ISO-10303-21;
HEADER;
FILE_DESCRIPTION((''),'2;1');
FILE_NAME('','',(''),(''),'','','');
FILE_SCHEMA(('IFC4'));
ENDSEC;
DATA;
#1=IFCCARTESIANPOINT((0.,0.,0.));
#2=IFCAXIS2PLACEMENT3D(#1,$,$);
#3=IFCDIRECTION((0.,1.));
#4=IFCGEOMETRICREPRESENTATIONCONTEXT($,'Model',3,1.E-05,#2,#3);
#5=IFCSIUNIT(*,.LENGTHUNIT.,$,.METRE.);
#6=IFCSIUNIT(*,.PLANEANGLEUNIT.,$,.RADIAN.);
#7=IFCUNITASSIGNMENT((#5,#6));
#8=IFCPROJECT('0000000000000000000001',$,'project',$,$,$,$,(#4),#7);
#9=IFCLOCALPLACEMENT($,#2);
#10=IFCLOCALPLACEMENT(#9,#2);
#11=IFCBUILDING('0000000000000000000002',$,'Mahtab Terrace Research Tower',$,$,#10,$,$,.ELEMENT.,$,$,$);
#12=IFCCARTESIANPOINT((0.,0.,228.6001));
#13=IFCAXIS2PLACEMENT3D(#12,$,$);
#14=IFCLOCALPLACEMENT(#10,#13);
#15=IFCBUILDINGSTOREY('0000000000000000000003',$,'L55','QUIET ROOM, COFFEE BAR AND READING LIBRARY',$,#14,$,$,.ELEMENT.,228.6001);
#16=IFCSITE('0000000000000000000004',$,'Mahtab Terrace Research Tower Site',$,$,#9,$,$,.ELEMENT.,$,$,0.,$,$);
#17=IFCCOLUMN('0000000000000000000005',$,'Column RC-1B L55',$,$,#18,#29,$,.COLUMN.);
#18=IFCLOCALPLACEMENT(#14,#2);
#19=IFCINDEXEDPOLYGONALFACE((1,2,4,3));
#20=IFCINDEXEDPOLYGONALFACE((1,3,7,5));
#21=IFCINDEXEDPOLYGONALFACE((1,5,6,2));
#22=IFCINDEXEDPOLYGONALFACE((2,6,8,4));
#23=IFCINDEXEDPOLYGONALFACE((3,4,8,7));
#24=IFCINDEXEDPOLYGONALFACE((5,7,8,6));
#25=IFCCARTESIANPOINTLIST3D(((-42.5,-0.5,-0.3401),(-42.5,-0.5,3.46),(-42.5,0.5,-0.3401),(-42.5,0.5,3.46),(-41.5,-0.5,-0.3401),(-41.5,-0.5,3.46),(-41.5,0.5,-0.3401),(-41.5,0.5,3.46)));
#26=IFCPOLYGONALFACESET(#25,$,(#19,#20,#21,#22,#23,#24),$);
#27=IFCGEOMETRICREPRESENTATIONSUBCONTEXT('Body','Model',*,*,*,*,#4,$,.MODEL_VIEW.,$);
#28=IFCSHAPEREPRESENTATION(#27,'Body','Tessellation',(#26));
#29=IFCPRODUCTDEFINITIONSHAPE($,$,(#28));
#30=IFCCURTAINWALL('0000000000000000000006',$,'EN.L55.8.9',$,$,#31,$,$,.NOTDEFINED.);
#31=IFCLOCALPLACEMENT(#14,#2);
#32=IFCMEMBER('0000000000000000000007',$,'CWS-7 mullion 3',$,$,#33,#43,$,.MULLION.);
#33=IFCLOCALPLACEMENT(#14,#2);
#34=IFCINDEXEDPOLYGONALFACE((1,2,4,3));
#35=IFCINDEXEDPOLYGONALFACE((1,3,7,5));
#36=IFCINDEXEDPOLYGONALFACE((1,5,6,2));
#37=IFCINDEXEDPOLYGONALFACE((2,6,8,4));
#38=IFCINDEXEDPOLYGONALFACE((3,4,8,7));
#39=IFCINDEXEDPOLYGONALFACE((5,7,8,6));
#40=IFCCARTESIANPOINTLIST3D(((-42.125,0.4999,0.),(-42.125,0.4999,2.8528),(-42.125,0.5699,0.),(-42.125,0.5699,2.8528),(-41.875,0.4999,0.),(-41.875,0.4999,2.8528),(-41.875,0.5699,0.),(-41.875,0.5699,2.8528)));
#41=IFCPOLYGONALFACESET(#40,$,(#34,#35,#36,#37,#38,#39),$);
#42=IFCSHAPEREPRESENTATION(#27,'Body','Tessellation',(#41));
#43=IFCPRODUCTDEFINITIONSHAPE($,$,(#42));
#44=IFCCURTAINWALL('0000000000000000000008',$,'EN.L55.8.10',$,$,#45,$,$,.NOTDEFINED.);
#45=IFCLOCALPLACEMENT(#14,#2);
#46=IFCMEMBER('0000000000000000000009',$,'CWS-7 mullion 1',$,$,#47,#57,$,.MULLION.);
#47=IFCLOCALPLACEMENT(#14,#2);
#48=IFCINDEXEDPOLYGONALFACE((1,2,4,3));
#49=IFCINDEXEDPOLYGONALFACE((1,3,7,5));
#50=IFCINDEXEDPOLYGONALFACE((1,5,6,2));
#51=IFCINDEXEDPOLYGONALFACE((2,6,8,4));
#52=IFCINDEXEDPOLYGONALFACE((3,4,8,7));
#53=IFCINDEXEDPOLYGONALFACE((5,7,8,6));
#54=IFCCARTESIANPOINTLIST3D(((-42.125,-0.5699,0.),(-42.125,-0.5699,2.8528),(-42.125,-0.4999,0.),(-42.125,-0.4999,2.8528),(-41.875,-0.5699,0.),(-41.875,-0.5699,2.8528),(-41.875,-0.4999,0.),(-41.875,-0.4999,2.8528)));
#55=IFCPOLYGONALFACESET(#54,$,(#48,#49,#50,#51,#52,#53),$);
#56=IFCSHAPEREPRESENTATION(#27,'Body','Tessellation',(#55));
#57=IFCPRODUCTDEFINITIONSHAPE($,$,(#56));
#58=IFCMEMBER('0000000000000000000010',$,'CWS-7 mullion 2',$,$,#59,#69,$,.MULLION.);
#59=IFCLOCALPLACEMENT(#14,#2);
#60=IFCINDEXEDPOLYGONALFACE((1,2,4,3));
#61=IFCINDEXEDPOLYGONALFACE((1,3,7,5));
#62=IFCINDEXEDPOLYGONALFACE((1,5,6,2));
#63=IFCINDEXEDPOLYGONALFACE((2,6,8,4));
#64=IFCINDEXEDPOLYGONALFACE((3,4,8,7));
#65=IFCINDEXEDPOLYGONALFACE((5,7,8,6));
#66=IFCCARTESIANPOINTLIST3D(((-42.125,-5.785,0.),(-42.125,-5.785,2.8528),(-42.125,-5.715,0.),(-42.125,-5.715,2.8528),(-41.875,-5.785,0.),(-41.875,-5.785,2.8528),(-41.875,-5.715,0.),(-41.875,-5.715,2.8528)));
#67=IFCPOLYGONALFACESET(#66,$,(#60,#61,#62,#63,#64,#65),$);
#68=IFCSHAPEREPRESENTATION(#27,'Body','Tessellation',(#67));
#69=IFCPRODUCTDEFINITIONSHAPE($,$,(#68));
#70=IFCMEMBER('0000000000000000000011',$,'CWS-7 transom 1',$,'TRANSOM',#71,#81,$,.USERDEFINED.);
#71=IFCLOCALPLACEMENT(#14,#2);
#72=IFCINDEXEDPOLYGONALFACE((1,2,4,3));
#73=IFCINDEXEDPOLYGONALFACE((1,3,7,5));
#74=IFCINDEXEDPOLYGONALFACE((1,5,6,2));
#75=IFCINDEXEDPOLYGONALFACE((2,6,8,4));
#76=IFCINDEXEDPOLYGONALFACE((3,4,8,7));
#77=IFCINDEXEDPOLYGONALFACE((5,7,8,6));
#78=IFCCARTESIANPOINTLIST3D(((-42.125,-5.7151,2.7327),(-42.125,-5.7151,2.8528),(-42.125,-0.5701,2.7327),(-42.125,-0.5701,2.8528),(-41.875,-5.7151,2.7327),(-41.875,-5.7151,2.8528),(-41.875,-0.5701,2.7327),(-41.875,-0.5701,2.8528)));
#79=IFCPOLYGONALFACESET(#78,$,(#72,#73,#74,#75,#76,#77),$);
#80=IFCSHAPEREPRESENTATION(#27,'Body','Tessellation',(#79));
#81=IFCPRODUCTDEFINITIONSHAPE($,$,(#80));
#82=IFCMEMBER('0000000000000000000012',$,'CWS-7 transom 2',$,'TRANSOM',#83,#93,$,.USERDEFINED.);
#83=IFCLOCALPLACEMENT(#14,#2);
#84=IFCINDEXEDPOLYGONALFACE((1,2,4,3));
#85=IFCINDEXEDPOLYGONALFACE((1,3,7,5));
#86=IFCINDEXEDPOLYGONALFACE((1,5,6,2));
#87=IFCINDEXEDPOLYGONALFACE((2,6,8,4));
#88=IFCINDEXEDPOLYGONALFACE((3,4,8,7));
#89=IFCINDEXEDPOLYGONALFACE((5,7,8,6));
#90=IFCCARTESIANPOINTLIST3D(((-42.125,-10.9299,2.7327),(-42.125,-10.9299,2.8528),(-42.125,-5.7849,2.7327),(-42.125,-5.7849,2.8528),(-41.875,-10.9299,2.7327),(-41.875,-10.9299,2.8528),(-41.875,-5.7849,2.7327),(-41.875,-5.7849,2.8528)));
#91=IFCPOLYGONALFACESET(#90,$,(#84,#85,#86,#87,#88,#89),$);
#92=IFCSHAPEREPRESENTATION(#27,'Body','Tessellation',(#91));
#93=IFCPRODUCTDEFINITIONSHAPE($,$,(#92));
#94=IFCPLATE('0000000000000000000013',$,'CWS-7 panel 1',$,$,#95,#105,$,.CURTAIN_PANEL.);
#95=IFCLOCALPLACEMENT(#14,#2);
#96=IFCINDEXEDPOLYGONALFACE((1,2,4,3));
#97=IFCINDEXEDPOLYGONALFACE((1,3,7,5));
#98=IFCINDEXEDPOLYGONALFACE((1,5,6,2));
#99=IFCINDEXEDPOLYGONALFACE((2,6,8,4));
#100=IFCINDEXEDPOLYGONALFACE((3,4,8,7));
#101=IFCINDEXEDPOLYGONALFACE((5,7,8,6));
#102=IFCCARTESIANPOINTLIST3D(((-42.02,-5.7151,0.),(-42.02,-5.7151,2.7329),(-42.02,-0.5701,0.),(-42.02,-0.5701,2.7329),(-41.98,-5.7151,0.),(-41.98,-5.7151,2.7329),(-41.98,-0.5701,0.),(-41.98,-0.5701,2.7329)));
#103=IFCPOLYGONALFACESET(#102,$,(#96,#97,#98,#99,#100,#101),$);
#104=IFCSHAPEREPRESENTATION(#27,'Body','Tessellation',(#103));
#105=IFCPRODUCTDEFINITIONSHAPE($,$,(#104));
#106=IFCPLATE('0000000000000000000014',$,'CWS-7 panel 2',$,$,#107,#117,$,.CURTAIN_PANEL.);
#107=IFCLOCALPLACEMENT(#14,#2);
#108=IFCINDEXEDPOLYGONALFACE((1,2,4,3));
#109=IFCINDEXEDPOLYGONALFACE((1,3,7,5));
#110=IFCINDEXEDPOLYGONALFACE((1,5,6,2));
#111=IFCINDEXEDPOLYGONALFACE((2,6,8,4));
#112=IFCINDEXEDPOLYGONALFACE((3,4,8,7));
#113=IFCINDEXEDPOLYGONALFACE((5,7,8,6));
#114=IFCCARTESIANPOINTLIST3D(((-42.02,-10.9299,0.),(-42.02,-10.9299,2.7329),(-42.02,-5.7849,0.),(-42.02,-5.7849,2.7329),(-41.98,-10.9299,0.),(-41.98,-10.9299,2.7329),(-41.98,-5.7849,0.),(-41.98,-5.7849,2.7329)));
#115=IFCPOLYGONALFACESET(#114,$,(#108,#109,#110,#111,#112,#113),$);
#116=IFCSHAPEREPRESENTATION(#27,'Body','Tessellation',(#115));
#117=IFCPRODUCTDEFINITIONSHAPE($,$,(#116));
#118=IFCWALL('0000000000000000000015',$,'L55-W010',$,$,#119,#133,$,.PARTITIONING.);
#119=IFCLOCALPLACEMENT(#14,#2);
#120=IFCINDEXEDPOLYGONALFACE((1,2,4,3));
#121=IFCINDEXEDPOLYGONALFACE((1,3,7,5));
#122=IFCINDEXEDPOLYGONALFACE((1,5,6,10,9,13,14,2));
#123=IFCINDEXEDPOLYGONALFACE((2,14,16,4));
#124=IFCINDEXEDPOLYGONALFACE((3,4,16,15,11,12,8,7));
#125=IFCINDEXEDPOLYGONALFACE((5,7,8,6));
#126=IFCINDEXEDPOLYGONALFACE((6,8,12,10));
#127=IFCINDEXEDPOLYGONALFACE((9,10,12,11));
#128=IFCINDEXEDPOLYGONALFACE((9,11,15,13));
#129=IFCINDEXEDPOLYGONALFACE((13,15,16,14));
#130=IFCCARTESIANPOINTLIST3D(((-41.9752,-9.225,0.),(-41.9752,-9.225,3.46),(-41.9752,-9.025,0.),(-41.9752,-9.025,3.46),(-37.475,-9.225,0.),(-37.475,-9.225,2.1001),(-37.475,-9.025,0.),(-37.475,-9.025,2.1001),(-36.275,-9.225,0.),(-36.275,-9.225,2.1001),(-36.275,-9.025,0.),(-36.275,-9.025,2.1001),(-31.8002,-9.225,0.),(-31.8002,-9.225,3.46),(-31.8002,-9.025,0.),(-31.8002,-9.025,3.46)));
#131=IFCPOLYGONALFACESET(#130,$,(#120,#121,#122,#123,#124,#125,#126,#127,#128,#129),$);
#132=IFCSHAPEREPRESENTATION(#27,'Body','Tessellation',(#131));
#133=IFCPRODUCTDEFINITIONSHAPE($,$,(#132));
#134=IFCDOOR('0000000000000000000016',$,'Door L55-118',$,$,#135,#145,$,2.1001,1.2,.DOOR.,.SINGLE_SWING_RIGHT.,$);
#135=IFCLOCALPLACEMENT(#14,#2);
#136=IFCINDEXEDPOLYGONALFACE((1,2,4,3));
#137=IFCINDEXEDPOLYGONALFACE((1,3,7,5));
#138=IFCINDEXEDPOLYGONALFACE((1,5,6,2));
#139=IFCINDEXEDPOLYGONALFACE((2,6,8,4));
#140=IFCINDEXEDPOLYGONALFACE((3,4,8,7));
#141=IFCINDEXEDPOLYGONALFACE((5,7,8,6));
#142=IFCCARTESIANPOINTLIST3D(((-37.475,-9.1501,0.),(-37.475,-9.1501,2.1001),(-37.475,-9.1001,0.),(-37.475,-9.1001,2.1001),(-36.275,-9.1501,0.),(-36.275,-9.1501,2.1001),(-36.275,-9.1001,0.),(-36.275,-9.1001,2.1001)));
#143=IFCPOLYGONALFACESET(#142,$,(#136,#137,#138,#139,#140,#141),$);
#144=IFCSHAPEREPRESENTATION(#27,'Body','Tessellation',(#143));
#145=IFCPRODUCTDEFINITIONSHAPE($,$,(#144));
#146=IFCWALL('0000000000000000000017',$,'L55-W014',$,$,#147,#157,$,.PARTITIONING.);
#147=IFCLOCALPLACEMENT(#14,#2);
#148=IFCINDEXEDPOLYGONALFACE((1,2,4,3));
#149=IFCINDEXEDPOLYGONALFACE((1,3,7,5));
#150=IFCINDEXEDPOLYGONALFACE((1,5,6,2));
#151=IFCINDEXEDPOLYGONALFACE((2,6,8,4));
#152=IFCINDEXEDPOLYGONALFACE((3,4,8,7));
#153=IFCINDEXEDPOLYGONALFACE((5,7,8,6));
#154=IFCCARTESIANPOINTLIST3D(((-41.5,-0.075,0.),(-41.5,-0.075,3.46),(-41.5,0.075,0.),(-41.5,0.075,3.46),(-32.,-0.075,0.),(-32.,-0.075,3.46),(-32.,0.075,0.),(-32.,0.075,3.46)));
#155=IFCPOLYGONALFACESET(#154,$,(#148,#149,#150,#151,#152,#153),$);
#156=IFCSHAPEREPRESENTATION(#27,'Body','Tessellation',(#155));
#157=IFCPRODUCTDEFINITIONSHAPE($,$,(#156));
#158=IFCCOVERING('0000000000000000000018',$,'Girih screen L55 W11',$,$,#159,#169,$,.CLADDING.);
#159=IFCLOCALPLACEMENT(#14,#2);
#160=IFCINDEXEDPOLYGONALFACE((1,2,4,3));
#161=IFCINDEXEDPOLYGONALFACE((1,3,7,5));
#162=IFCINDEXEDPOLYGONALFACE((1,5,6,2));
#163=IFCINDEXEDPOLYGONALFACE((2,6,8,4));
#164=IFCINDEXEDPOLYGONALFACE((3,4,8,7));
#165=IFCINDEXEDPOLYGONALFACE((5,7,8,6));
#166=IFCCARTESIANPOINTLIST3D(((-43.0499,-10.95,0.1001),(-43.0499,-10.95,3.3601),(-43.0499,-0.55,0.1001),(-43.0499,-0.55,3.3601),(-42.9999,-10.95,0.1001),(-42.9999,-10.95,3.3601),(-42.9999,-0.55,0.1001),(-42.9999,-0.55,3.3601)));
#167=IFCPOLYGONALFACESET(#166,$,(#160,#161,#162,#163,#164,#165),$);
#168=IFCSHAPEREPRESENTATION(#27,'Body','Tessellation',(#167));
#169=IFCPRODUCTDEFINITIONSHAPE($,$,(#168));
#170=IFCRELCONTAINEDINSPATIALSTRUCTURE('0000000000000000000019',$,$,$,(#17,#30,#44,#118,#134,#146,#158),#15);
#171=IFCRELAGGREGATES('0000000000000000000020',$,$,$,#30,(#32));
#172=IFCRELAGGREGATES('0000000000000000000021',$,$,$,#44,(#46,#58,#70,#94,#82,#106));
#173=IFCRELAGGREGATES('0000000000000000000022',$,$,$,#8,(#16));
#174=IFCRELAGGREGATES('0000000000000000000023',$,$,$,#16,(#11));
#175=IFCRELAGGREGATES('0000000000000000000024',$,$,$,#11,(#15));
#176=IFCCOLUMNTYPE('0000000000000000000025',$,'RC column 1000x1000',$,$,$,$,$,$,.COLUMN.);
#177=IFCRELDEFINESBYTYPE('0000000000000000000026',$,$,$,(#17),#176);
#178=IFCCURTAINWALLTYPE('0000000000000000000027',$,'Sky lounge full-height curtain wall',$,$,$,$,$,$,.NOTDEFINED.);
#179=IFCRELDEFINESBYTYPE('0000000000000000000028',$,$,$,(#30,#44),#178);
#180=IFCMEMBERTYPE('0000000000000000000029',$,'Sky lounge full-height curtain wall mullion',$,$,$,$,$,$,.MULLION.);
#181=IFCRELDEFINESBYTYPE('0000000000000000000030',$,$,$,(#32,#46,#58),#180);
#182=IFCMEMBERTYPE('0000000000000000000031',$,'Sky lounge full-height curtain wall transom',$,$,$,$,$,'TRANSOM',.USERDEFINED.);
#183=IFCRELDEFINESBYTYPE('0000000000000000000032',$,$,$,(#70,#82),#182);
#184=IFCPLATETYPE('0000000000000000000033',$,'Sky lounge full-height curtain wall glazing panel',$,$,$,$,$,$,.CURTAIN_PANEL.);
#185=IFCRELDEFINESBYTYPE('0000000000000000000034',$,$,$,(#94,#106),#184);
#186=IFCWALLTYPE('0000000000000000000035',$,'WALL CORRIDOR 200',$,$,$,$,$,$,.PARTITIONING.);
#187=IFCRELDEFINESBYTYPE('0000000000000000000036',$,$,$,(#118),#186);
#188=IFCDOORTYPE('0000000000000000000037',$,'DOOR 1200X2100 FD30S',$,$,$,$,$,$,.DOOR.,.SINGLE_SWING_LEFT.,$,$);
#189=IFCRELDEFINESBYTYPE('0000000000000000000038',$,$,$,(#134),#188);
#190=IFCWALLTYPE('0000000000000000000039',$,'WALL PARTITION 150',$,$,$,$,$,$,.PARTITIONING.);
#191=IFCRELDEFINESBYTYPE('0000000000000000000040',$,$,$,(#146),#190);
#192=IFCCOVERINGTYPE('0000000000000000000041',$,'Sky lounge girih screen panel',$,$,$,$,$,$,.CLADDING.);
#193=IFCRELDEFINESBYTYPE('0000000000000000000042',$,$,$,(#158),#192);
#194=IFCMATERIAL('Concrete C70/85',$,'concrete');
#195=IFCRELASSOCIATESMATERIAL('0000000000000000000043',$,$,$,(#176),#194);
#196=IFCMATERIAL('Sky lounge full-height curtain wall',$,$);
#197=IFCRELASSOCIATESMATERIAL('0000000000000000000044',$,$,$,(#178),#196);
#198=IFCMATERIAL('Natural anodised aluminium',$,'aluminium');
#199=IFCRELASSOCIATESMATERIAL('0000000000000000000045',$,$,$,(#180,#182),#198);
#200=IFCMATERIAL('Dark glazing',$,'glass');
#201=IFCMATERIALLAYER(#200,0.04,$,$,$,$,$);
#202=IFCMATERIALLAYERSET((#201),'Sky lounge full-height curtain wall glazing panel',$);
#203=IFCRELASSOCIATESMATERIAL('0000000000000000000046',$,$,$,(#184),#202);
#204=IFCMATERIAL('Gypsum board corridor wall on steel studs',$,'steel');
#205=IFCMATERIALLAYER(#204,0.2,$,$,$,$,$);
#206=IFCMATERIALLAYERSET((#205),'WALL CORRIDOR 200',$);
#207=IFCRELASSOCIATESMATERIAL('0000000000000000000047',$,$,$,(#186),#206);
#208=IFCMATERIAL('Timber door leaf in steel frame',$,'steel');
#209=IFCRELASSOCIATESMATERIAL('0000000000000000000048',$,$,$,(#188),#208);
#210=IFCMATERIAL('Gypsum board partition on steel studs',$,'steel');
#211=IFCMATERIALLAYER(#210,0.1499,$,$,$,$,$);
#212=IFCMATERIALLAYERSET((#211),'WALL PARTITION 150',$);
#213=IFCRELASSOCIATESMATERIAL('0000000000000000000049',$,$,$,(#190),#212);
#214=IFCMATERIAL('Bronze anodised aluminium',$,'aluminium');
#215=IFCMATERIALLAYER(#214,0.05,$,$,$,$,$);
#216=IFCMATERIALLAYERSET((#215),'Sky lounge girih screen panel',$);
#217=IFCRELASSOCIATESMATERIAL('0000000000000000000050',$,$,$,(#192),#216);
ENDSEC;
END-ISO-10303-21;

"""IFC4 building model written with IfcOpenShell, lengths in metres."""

from ifc_helpers import new_model, si_unit, direction, frame, frame_2d, origin, origin_2d, place, context, subcontext, project, spatial, rectangle, extrude, material, layer, layer_set, material_profile, profile_set, type_object, element, fill, aggregate, save


model = new_model("IFC4")

# Units and contexts
model_context = context("Model", 3, precision=1e-05, world=origin(), true_north=direction((0.0, 1.0)))
body_context = subcontext(model_context, "Body", "Model", "MODEL_VIEW")
ifc_project = project(units=[si_unit("LENGTHUNIT", "METRE"), si_unit("PLANEANGLEUNIT", "RADIAN")], contexts=[model_context])

# Site, building, storey
site_placement = place(None, origin())
site = spatial("IfcSite", under=ifc_project, at=site_placement, Name="Mahtab Terrace Research Tower Site", CompositionType="ELEMENT", RefElevation=0.0)
building_placement = place(site_placement, origin())
building = spatial("IfcBuilding", under=site, at=building_placement, Name="Mahtab Terrace Research Tower", CompositionType="ELEMENT")
storey_placement = place(building_placement, frame((0.0, 0.0, 228.6001)))
storey = spatial("IfcBuildingStorey", under=building, at=storey_placement, Name="L55", Description="QUIET ROOM, COFFEE BAR AND READING LIBRARY", CompositionType="ELEMENT", Elevation=228.6001)

# Column
ifc_material_1 = material(Name="Concrete C70/85", Category="concrete")
ifc_material_profile_1 = material_profile(ifc_material_1, rectangle(XDim=1.0, YDim=1.0, at=origin_2d()), Name="RC column 1000x1000")
ifc_profile_set_1 = profile_set([ifc_material_profile_1], Name="Concrete C70/85")
column_type = type_object("IfcColumnType", Name="RC column 1000x1000", PredefinedType="COLUMN", material=ifc_profile_set_1)
column_placement = place(storey_placement, frame((-42.0, 0.0, -0.3401), z_axis=(0.0, 0.0, 1.0), x_axis=(1.0, 0.0, 0.0)))
element("IfcColumn", 1, at=column_placement, inside=storey, type_object=column_type, Name="Column RC-1B L55", PredefinedType="COLUMN", context=body_context, shape_type="SweptSolid", body=[
    extrude(rectangle(XDim=1.0, YDim=1.0, at=origin_2d()), origin(), (0.0, 0.0, 1.0), 3.8),
])

# Curtain wall, member
ifc_material_2 = material(Name="Sky lounge full-height curtain wall")
curtain_wall_type = type_object("IfcCurtainWallType", Name="Sky lounge full-height curtain wall", PredefinedType="NOTDEFINED", material=ifc_material_2)
curtain_wall_1_placement = place(storey_placement, origin())
curtain_wall_1 = element("IfcCurtainWall", 2, at=curtain_wall_1_placement, inside=storey, type_object=curtain_wall_type, Name="EN.L55.8.9", PredefinedType="NOTDEFINED")
ifc_material_3 = material(Name="Natural anodised aluminium", Category="aluminium")
ifc_material_profile_2 = material_profile(ifc_material_3, rectangle(XDim=0.25, YDim=0.0701, at=origin_2d()), Name="MULLION 70x250")
ifc_profile_set_2 = profile_set([ifc_material_profile_2], Name="Natural anodised aluminium")
member_type_1 = type_object("IfcMemberType", Name="Sky lounge full-height curtain wall mullion", PredefinedType="MULLION", material=ifc_profile_set_2)
member_1_placement = place(storey_placement, frame((-42.0, 0.5349, 0.0), z_axis=(0.0, 0.0, 1.0), x_axis=(1.0, 0.0, 0.0)))
member_1 = element("IfcMember", 3, at=member_1_placement, type_object=member_type_1, Name="CWS-7 mullion 3", PredefinedType="MULLION", context=body_context, shape_type="SweptSolid", body=[
    extrude(rectangle(XDim=0.25, YDim=0.0701, at=origin_2d()), origin(), (0.0, 0.0, 1.0), 2.8528),
])
aggregate(curtain_wall_1, [member_1])

# Curtain wall, members, plates
curtain_wall_2_placement = place(storey_placement, origin())
curtain_wall_2 = element("IfcCurtainWall", 4, at=curtain_wall_2_placement, inside=storey, type_object=curtain_wall_type, Name="EN.L55.8.10", PredefinedType="NOTDEFINED")
member_2_placement = place(storey_placement, frame((-42.0, -0.5349, 0.0), z_axis=(0.0, 0.0, 1.0), x_axis=(1.0, 0.0, 0.0)))
member_2 = element("IfcMember", 5, at=member_2_placement, type_object=member_type_1, Name="CWS-7 mullion 1", PredefinedType="MULLION", context=body_context, shape_type="SweptSolid", body=[
    extrude(rectangle(XDim=0.25, YDim=0.0701, at=origin_2d()), origin(), (0.0, 0.0, 1.0), 2.8528),
])
member_3_placement = place(storey_placement, frame((-42.0, -5.75, 0.0), z_axis=(0.0, 0.0, 1.0), x_axis=(1.0, 0.0, 0.0)))
member_3 = element("IfcMember", 6, at=member_3_placement, type_object=member_type_1, Name="CWS-7 mullion 2", PredefinedType="MULLION", context=body_context, shape_type="SweptSolid", body=[
    extrude(rectangle(XDim=0.25, YDim=0.0701, at=origin_2d()), origin(), (0.0, 0.0, 1.0), 2.8528),
])
ifc_material_profile_3 = material_profile(ifc_material_3, rectangle(XDim=0.25, YDim=0.1201, at=origin_2d()), Name="TRANSOM 120x250")
ifc_profile_set_3 = profile_set([ifc_material_profile_3], Name="Natural anodised aluminium")
member_type_2 = type_object("IfcMemberType", Name="Sky lounge full-height curtain wall transom", ElementType="TRANSOM", PredefinedType="USERDEFINED", material=ifc_profile_set_3)
member_4_placement = place(storey_placement, frame((-42.0, -0.5701, 2.7927), z_axis=(0.0, -1.0, 0.0), x_axis=(1.0, 0.0, 0.0)))
member_4 = element("IfcMember", 7, at=member_4_placement, type_object=member_type_2, Name="CWS-7 transom 1", ObjectType="TRANSOM", PredefinedType="USERDEFINED", context=body_context, shape_type="SweptSolid", body=[
    extrude(rectangle(XDim=0.25, YDim=0.1201, at=origin_2d()), origin(), (0.0, 0.0, 1.0), 5.145),
])
member_5_placement = place(storey_placement, frame((-42.0, -5.7849, 2.7927), z_axis=(0.0, -1.0, 0.0), x_axis=(1.0, 0.0, 0.0)))
member_5 = element("IfcMember", 8, at=member_5_placement, type_object=member_type_2, Name="CWS-7 transom 2", ObjectType="TRANSOM", PredefinedType="USERDEFINED", context=body_context, shape_type="SweptSolid", body=[
    extrude(rectangle(XDim=0.25, YDim=0.1201, at=origin_2d()), origin(), (0.0, 0.0, 1.0), 5.145),
])
ifc_material_4 = material(Name="Dark glazing", Category="glass")
ifc_layer_1 = layer(ifc_material_4, 0.04)
ifc_layer_set_1 = layer_set([ifc_layer_1], Name="Sky lounge full-height curtain wall glazing panel")
plate_type = type_object("IfcPlateType", Name="Sky lounge full-height curtain wall glazing panel", PredefinedType="CURTAIN_PANEL", material=ifc_layer_set_1)
plate_1_placement = place(storey_placement, frame((-42.0, -3.1426, 0.0), z_axis=(0.0, 0.0, 1.0), x_axis=(0.0, -1.0, 0.0)))
plate_1 = element("IfcPlate", 9, at=plate_1_placement, type_object=plate_type, Name="CWS-7 panel 1", PredefinedType="CURTAIN_PANEL", context=body_context, shape_type="SweptSolid", body=[
    extrude(rectangle(XDim=5.145, YDim=0.04, at=origin_2d()), origin(), (0.0, 0.0, 1.0), 2.7329),
])
plate_2_placement = place(storey_placement, frame((-42.0, -8.3574, 0.0), z_axis=(0.0, 0.0, 1.0), x_axis=(0.0, -1.0, 0.0)))
plate_2 = element("IfcPlate", 10, at=plate_2_placement, type_object=plate_type, Name="CWS-7 panel 2", PredefinedType="CURTAIN_PANEL", context=body_context, shape_type="SweptSolid", body=[
    extrude(rectangle(XDim=5.145, YDim=0.04, at=origin_2d()), origin(), (0.0, 0.0, 1.0), 2.7329),
])
aggregate(curtain_wall_2, [member_2, member_3, member_4, plate_1, member_5, plate_2])

# Wall, opening, door
ifc_material_5 = material(Name="Gypsum board corridor wall on steel studs", Category="steel")
ifc_layer_2 = layer(ifc_material_5, 0.2)
ifc_layer_set_2 = layer_set([ifc_layer_2], Name="WALL CORRIDOR 200")
wall_type_1 = type_object("IfcWallType", Name="WALL CORRIDOR 200", PredefinedType="PARTITIONING", material=ifc_layer_set_2)
wall_1_placement = place(storey_placement, frame((-41.9751, -9.125, 0.0), z_axis=(0.0, 0.0, 1.0), x_axis=(1.0, 0.0, 0.0)))
wall_1 = element("IfcWall", 11, at=wall_1_placement, inside=storey, type_object=wall_type_1, Name="L55-W010", PredefinedType="PARTITIONING", context=body_context, shape_type="SweptSolid", body=[
    extrude(rectangle(XDim=10.175, YDim=0.2, at=frame_2d((5.0874, 0.0))), origin(), (0.0, 0.0, 1.0), 3.46),
])
opening_placement = place(wall_1_placement, frame((4.5, 0.0, 0.0)))
opening = element("IfcOpeningElement", 12, at=opening_placement, cuts=wall_1, PredefinedType="OPENING", context=body_context, shape_type="SweptSolid", body=[
    extrude(rectangle(XDim=1.2, YDim=2.1001, at=frame_2d((0.6001, 1.05))), frame((0.0, 0.1099, 0.0), z_axis=(0.0, -1.0, 0.0), x_axis=(1.0, 0.0, 0.0)), (0.0, 0.0, 1.0), 0.22),
])
ifc_material_6 = material(Name="Timber door leaf in steel frame", Category="steel")
door_type = type_object("IfcDoorType", Name="DOOR 1200X2100 FD30S", OperationType="SINGLE_SWING_LEFT", PredefinedType="DOOR", material=ifc_material_6)
door_placement = place(opening_placement, origin())
door = element("IfcDoor", 13, at=door_placement, inside=storey, type_object=door_type, Name="Door L55-118", OperationType="SINGLE_SWING_RIGHT", OverallHeight=2.1001, OverallWidth=1.2, PredefinedType="DOOR", context=body_context, shape_type="SweptSolid", body=[
    extrude(rectangle(XDim=1.2, YDim=2.1001, at=frame_2d((0.6001, 1.05))), frame((0.0, 0.0249, 0.0), z_axis=(0.0, -1.0, 0.0), x_axis=(1.0, 0.0, 0.0)), (0.0, 0.0, 1.0), 0.05),
])
fill(opening, door)

# Wall
ifc_material_7 = material(Name="Gypsum board partition on steel studs", Category="steel")
ifc_layer_3 = layer(ifc_material_7, 0.1499)
ifc_layer_set_3 = layer_set([ifc_layer_3], Name="WALL PARTITION 150")
wall_type_2 = type_object("IfcWallType", Name="WALL PARTITION 150", PredefinedType="PARTITIONING", material=ifc_layer_set_3)
wall_2_placement = place(storey_placement, frame((-41.5, 0.0, 0.0), z_axis=(0.0, 0.0, 1.0), x_axis=(1.0, 0.0, 0.0)))
element("IfcWall", 14, at=wall_2_placement, inside=storey, type_object=wall_type_2, Name="L55-W014", PredefinedType="PARTITIONING", context=body_context, shape_type="SweptSolid", body=[
    extrude(rectangle(XDim=9.5, YDim=0.1499, at=frame_2d((4.75, 0.0))), origin(), (0.0, 0.0, 1.0), 3.46),
])

# Covering
ifc_material_8 = material(Name="Bronze anodised aluminium", Category="aluminium")
ifc_layer_4 = layer(ifc_material_8, 0.05)
ifc_layer_set_4 = layer_set([ifc_layer_4], Name="Sky lounge girih screen panel")
covering_type_1 = type_object("IfcCoveringType", Name="Sky lounge girih screen panel", PredefinedType="CLADDING", material=ifc_layer_set_4)
covering_placement = place(storey_placement, frame((-43.0249, -5.75, 0.1001), z_axis=(0.0, 0.0, 1.0), x_axis=(0.0, -1.0, 0.0)))
element("IfcCovering", 15, at=covering_placement, inside=storey, type_object=covering_type_1, Name="Girih screen L55 W11", PredefinedType="CLADDING", context=body_context, shape_type="SweptSolid", body=[
    extrude(rectangle(XDim=10.3999, YDim=0.05, at=origin_2d()), origin(), (0.0, 0.0, 1.0), 3.26),
])

save(model, "model.ifc")
